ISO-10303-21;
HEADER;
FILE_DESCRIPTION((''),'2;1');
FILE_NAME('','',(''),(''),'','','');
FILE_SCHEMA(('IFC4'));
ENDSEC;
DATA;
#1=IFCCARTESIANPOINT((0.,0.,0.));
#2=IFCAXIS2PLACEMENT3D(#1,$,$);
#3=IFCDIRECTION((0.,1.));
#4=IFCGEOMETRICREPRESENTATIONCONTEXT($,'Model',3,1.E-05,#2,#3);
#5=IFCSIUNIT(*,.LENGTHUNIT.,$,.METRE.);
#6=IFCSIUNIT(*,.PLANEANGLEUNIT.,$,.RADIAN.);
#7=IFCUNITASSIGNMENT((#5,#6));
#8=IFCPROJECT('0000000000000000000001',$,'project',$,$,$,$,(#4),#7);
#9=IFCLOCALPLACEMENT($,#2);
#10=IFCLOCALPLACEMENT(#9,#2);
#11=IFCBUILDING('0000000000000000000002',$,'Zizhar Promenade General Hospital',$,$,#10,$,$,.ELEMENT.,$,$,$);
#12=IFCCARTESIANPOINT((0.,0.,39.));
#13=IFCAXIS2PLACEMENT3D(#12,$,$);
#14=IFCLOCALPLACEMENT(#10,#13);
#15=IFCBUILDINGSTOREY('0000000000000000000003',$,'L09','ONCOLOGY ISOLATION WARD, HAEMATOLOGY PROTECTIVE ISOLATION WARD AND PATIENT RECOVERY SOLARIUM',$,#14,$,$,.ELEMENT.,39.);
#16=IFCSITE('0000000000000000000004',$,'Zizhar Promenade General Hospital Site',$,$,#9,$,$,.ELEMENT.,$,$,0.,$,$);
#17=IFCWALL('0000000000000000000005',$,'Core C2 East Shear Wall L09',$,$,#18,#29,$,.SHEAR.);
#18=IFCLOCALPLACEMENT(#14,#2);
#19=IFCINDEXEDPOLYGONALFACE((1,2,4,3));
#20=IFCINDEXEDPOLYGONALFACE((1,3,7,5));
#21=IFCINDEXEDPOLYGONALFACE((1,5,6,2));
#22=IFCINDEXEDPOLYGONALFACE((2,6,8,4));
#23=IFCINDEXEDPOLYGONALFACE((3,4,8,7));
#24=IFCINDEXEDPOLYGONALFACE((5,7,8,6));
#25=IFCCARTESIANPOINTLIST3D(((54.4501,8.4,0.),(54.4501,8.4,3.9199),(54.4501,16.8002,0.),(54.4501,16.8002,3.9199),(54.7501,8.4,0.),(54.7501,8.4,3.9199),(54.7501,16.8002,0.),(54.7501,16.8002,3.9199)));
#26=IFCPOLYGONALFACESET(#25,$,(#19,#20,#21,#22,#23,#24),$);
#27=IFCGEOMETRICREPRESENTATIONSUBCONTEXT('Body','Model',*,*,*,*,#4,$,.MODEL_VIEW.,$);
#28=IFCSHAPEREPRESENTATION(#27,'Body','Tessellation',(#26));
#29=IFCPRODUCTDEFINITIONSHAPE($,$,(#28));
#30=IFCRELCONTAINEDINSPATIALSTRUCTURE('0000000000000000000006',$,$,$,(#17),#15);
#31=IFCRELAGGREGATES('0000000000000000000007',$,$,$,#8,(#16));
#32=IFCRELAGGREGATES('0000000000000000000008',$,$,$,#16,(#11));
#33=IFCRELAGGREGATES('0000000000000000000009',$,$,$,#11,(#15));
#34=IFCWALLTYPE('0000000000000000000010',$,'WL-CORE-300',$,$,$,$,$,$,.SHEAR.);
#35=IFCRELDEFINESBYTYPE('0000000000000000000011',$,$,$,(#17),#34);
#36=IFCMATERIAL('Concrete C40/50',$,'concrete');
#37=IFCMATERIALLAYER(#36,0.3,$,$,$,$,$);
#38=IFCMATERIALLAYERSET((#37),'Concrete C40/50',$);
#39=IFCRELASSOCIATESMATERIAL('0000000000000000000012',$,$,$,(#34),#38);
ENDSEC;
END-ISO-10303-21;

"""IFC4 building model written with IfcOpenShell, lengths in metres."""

from ifc_helpers import new_model, si_unit, direction, frame, frame_2d, origin, place, context, subcontext, project, spatial, rectangle, extrude, material, layer, layer_set, type_object, element, save


model = new_model("IFC4")

# Units and contexts
model_context = context("Model", 3, precision=1e-05, world=origin(), true_north=direction((0.0, 1.0)))
body_context = subcontext(model_context, "Body", "Model", "MODEL_VIEW")
ifc_project = project(units=[si_unit("LENGTHUNIT", "METRE"), si_unit("PLANEANGLEUNIT", "RADIAN")], contexts=[model_context])

# Site, building, storey
site_placement = place(None, origin())
site = spatial("IfcSite", under=ifc_project, at=site_placement, Name="Zizhar Promenade General Hospital Site", CompositionType="ELEMENT", RefElevation=0.0)
building_placement = place(site_placement, origin())
building = spatial("IfcBuilding", under=site, at=building_placement, Name="Zizhar Promenade General Hospital", CompositionType="ELEMENT")
storey_placement = place(building_placement, frame((0.0, 0.0, 39.0)))
storey = spatial("IfcBuildingStorey", under=building, at=storey_placement, Name="L09", Description="ONCOLOGY ISOLATION WARD, HAEMATOLOGY PROTECTIVE ISOLATION WARD AND PATIENT RECOVERY SOLARIUM", CompositionType="ELEMENT", Elevation=39.0)

# Wall
ifc_material_1 = material(Name="Concrete C40/50", Category="concrete")
ifc_layer_1 = layer(ifc_material_1, 0.3)
ifc_layer_set_1 = layer_set([ifc_layer_1], Name="Concrete C40/50")
wall_type_1 = type_object("IfcWallType", Name="WL-CORE-300", PredefinedType="SHEAR", material=ifc_layer_set_1)
wall_1_placement = place(storey_placement, frame((54.6001, 8.3999, 0.0), z_axis=(0.0, 0.0, 1.0), x_axis=(0.0, 1.0, 0.0)))
element("IfcWall", 1, at=wall_1_placement, inside=storey, type_object=wall_type_1, Name="Core C2 East Shear Wall L09", PredefinedType="SHEAR", context=body_context, shape_type="SweptSolid", body=[
    extrude(rectangle(XDim=8.4001, YDim=0.3, at=frame_2d((4.2002, 0.0))), origin(), (0.0, 0.0, 1.0), 3.9199),
])

save(model, "model.ifc")
